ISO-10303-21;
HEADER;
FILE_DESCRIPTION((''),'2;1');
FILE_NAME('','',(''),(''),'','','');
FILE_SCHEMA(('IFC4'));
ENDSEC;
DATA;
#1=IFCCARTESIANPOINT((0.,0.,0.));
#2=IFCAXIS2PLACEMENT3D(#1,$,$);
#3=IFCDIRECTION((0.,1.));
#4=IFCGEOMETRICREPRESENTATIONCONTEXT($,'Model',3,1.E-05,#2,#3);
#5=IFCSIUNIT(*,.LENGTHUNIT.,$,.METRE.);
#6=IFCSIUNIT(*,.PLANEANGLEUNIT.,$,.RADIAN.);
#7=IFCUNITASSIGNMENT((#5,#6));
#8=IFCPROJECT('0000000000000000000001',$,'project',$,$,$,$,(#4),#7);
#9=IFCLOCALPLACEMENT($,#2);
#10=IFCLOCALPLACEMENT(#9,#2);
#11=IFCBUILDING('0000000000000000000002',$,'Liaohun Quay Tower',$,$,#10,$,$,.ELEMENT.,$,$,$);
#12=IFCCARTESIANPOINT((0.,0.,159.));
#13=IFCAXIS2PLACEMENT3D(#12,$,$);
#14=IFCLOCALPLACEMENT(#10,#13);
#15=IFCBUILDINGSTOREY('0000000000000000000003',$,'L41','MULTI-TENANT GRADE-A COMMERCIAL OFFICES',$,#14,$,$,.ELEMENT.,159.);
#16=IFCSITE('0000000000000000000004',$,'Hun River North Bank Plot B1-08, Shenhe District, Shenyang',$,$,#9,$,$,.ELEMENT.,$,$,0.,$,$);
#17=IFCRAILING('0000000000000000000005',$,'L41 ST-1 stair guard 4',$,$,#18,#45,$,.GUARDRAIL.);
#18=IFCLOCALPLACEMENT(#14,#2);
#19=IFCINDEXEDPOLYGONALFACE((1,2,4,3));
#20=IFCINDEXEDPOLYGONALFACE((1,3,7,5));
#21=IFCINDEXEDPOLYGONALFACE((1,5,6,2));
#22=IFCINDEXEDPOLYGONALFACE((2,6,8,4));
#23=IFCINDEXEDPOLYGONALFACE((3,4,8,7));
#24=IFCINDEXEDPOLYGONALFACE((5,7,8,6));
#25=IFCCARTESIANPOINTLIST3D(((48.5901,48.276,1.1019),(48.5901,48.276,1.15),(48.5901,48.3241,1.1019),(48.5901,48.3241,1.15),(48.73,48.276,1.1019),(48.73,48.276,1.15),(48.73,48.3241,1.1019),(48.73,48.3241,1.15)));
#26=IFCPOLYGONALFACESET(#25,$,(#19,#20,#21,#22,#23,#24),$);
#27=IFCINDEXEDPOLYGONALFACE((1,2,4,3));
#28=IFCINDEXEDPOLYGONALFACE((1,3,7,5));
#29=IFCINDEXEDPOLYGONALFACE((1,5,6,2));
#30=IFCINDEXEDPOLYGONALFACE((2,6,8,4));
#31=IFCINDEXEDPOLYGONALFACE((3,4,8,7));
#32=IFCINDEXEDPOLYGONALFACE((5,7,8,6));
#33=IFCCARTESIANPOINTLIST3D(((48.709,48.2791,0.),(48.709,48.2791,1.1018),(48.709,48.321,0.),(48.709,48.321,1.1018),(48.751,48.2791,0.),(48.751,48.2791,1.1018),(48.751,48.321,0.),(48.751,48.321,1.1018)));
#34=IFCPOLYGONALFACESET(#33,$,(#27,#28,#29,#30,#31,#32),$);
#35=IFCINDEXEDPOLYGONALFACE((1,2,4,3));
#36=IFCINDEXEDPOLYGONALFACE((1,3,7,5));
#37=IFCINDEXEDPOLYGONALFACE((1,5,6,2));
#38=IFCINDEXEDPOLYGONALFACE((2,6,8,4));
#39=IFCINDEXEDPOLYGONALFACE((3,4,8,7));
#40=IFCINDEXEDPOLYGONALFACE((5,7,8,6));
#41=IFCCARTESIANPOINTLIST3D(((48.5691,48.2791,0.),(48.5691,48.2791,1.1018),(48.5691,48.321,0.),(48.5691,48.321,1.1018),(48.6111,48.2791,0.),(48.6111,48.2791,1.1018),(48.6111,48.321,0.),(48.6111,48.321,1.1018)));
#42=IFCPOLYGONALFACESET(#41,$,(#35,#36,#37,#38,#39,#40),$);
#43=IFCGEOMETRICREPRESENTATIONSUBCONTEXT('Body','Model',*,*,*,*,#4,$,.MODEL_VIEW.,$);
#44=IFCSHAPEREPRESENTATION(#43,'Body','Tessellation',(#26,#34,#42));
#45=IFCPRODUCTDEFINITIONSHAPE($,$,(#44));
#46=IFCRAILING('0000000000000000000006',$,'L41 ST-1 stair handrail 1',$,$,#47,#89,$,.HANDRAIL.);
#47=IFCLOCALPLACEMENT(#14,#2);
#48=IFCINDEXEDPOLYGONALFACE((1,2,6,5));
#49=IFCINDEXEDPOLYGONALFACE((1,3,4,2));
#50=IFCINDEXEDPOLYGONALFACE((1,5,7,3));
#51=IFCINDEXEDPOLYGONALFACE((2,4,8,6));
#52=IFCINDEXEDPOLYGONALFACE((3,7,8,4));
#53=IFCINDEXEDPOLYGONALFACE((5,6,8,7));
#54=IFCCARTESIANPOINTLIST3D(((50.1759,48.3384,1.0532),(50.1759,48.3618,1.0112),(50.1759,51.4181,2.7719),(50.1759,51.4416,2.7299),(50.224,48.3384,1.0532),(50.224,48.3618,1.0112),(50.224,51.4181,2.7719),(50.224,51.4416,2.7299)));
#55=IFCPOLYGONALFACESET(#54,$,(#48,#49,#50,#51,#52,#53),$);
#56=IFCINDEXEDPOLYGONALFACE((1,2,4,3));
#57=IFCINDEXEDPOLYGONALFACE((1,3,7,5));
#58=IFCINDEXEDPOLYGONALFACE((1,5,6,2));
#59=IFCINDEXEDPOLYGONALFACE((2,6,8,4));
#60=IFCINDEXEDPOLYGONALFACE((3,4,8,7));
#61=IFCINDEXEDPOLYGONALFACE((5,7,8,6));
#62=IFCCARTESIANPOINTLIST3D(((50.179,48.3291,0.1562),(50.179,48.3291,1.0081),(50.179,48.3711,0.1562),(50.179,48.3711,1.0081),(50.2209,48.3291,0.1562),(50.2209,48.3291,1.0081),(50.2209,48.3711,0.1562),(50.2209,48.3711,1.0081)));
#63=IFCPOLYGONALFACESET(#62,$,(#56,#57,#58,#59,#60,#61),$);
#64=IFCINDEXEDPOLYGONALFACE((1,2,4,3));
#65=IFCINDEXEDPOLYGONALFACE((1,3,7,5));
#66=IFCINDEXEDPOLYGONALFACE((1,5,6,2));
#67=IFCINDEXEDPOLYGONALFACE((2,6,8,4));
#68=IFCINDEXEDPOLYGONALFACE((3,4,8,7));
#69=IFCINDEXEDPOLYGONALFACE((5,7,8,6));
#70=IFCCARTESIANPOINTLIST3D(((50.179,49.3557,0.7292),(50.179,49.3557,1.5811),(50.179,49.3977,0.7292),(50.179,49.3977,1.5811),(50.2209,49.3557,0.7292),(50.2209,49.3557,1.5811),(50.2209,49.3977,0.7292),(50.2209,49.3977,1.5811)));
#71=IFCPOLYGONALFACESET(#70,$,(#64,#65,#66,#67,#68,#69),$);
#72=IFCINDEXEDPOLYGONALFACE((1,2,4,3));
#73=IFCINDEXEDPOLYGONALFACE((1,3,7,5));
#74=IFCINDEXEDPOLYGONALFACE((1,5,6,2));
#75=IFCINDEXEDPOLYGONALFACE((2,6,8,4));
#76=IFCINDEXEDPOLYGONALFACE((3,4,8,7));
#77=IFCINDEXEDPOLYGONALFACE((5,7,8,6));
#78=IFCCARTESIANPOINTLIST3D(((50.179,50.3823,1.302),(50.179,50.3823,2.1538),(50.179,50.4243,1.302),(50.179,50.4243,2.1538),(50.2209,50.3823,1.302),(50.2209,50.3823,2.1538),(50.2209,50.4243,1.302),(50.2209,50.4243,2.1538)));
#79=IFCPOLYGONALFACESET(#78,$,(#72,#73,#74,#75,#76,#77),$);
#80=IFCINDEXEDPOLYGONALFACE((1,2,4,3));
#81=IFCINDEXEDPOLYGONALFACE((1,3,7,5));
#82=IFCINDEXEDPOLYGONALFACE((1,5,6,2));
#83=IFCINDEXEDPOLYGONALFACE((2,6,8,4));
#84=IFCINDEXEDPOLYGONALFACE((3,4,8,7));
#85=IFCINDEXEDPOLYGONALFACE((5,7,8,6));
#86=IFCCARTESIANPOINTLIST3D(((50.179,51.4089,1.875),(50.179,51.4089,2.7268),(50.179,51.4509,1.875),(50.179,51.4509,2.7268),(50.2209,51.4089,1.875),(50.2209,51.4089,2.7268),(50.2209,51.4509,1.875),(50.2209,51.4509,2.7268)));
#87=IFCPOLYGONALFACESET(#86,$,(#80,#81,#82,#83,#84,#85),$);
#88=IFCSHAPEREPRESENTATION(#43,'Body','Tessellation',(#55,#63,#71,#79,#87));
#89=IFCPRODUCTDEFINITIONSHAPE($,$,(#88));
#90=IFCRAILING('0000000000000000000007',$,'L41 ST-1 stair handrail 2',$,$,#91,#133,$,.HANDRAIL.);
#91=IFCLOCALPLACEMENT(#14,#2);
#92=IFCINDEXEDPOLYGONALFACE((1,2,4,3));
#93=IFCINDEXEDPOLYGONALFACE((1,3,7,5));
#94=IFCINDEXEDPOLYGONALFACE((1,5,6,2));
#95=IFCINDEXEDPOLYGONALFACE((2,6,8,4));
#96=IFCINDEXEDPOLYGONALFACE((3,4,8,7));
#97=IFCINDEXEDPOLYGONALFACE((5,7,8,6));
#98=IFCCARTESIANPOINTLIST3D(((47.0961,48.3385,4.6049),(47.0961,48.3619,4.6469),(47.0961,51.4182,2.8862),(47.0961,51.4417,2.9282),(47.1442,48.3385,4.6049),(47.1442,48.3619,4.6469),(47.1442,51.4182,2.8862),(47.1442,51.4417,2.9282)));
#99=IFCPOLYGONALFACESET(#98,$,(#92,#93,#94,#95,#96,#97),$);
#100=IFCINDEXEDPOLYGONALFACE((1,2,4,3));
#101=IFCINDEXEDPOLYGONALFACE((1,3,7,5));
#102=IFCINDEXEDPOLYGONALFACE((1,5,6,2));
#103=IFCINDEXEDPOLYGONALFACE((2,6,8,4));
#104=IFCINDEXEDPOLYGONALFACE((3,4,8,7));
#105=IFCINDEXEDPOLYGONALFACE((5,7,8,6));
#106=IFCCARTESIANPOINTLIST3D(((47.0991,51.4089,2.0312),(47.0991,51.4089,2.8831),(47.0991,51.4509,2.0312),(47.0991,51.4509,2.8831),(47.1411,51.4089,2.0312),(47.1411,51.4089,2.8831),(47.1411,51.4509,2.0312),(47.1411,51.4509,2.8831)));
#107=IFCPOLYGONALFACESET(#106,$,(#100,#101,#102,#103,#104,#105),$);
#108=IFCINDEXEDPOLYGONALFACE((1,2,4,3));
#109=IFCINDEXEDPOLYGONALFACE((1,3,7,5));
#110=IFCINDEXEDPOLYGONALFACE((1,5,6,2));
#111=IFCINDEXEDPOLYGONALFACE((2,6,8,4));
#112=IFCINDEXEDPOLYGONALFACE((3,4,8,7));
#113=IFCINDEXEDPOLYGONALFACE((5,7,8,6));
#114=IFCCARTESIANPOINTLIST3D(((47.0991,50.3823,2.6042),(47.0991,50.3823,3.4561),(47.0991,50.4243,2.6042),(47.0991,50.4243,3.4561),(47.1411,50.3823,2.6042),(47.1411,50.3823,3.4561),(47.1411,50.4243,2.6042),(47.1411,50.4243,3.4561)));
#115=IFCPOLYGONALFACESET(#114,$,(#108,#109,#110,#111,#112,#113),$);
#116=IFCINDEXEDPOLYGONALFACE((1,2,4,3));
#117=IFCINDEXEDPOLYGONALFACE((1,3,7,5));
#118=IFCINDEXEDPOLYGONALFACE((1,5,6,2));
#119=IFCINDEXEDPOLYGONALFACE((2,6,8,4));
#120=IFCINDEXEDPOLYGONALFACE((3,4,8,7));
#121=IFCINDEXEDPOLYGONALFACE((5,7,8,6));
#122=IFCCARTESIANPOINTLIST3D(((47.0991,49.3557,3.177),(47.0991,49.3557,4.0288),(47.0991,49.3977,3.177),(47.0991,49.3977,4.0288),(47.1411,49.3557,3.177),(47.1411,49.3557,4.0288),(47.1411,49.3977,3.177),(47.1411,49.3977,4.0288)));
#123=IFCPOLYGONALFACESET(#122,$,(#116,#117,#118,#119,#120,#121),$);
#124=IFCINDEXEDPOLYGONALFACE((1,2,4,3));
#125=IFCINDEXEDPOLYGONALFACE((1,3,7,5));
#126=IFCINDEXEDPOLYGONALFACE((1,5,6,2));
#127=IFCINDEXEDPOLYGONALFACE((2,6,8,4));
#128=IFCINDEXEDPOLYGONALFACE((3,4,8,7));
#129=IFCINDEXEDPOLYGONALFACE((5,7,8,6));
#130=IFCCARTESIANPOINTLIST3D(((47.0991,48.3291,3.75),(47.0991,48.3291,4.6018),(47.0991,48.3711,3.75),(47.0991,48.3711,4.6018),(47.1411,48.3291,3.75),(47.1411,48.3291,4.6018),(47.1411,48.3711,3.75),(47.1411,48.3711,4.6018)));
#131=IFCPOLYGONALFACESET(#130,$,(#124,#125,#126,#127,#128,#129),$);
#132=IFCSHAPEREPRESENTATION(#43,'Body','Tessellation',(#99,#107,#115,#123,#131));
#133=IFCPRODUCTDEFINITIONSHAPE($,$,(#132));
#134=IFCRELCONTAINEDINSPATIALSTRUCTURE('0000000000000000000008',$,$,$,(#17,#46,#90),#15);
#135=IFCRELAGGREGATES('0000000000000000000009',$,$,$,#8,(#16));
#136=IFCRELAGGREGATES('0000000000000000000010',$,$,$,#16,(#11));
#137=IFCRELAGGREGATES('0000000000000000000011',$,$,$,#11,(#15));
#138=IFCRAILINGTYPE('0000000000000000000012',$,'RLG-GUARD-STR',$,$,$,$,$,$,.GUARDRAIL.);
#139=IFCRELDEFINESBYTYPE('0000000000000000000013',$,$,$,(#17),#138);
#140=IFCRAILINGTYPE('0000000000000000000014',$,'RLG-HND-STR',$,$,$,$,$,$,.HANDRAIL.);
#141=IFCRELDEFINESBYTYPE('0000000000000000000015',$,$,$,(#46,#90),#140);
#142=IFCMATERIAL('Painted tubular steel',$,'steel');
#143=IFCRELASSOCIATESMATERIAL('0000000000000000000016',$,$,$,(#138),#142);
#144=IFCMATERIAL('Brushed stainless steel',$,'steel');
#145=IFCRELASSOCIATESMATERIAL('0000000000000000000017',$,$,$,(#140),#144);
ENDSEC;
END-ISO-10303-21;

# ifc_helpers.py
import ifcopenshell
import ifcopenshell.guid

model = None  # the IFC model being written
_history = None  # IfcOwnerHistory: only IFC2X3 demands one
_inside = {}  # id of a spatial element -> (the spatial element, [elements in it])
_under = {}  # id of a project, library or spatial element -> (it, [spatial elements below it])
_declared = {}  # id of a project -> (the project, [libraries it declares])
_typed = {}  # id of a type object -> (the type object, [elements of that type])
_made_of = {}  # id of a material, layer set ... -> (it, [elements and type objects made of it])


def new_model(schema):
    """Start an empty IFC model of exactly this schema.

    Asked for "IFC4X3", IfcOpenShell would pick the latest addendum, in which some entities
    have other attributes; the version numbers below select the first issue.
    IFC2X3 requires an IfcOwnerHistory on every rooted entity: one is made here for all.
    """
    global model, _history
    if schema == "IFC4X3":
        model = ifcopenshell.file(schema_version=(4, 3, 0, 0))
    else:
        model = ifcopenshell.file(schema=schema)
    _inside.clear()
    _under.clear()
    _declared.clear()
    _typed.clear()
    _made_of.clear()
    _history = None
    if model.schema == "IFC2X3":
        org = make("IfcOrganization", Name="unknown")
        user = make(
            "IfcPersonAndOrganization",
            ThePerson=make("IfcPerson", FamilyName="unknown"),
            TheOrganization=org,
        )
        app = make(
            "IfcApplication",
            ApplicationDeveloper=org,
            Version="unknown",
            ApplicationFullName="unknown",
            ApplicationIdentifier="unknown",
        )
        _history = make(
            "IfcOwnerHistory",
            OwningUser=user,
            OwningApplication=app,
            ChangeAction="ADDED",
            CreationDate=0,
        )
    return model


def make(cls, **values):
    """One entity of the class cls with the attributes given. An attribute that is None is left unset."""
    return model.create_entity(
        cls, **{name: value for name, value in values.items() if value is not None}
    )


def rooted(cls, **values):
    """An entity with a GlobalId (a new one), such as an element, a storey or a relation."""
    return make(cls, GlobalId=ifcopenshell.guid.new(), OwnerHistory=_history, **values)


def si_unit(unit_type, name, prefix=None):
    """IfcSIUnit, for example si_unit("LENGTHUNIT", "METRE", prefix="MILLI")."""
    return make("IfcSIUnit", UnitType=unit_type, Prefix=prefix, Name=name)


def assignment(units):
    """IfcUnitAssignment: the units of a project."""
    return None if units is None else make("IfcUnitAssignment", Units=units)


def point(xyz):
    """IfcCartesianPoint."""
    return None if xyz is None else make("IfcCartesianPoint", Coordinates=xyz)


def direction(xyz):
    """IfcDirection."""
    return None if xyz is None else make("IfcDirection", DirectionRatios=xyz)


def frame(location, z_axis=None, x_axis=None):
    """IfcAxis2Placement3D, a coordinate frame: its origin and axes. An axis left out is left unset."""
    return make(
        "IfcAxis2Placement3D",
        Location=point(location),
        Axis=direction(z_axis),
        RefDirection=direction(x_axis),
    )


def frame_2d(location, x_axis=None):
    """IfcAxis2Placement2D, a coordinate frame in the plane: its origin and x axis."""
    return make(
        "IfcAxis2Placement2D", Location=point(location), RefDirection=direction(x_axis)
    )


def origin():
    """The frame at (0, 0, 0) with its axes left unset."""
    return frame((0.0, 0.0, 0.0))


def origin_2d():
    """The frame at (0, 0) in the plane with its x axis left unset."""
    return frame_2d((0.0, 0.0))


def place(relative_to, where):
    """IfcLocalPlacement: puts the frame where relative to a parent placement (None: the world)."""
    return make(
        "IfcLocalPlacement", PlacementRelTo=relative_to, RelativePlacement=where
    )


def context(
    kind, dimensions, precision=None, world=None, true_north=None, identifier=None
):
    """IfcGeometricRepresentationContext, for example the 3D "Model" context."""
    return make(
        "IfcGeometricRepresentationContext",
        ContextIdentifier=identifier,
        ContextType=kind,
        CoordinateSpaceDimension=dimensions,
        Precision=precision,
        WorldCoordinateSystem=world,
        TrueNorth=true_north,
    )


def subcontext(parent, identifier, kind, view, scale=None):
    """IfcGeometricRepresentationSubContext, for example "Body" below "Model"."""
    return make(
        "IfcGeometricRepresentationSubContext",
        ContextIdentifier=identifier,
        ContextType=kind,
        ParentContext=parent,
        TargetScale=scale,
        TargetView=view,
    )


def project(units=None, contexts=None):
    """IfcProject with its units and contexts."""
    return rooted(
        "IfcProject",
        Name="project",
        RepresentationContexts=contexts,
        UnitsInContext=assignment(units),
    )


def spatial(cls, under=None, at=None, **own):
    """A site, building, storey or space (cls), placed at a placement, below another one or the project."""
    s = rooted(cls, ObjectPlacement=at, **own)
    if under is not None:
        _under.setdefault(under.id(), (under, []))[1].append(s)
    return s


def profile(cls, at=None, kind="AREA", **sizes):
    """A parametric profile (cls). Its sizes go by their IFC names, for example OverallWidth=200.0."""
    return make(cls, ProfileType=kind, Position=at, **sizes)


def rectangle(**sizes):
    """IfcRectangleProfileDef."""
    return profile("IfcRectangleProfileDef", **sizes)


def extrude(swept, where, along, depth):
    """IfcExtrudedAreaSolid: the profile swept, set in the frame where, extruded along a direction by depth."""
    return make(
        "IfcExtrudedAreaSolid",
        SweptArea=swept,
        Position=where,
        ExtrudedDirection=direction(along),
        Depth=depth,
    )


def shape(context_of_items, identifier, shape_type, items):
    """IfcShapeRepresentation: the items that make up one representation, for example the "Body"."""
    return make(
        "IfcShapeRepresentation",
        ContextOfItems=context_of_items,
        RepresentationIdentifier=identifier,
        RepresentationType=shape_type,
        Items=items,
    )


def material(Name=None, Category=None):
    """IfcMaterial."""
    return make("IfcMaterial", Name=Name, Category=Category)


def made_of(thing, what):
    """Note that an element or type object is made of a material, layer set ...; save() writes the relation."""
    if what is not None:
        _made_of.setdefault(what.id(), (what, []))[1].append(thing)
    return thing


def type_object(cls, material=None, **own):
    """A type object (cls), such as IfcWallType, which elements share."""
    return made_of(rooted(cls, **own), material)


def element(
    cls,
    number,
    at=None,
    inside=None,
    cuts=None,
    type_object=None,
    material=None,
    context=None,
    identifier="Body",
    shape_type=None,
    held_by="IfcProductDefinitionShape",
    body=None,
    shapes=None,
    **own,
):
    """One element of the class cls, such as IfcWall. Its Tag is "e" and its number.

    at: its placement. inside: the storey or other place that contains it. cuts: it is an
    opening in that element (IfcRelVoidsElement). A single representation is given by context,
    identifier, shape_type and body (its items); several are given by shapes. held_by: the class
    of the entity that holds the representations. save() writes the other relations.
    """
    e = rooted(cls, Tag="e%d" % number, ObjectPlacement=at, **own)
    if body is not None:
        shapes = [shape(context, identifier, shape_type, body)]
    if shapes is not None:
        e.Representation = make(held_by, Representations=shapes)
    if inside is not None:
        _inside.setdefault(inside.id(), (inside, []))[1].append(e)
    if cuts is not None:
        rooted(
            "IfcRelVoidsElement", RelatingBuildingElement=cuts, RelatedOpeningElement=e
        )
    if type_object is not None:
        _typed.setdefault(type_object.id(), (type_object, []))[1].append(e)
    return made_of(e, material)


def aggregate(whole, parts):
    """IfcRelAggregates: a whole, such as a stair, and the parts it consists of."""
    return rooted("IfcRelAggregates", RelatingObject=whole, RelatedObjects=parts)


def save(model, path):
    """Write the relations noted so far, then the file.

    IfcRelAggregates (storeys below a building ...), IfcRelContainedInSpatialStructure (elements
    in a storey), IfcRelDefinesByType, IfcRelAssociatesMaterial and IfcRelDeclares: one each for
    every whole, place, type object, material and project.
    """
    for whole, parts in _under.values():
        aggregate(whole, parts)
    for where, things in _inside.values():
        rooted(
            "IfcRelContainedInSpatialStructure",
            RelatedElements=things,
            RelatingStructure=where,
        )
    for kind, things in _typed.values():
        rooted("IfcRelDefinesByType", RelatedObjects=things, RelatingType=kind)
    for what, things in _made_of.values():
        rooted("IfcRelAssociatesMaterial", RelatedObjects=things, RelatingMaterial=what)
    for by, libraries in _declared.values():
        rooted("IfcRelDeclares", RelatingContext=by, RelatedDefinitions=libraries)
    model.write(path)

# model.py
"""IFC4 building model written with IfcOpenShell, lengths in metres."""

from ifc_helpers import new_model, si_unit, direction, frame, origin, origin_2d, place, context, subcontext, project, spatial, rectangle, extrude, material, type_object, element, save


model = new_model("IFC4")

# Units and contexts
model_context = context("Model", 3, precision=1e-05, world=origin(), true_north=direction((0.0, 1.0)))
body_context = subcontext(model_context, "Body", "Model", "MODEL_VIEW")
ifc_project = project(units=[si_unit("LENGTHUNIT", "METRE"), si_unit("PLANEANGLEUNIT", "RADIAN")], contexts=[model_context])

# Site, building, storey
site_placement = place(None, origin())
site = spatial("IfcSite", under=ifc_project, at=site_placement, Name="Hun River North Bank Plot B1-08, Shenhe District, Shenyang", CompositionType="ELEMENT", RefElevation=0.0)
building_placement = place(site_placement, origin())
building = spatial("IfcBuilding", under=site, at=building_placement, Name="Liaohun Quay Tower", CompositionType="ELEMENT")
storey_placement = place(building_placement, frame((0.0, 0.0, 159.0)))
storey = spatial("IfcBuildingStorey", under=building, at=storey_placement, Name="L41", Description="MULTI-TENANT GRADE-A COMMERCIAL OFFICES", CompositionType="ELEMENT", Elevation=159.0)

# Railings
ifc_material_1 = material(Name="Painted tubular steel", Category="steel")
railing_type_1 = type_object("IfcRailingType", Name="RLG-GUARD-STR", PredefinedType="GUARDRAIL", material=ifc_material_1)
railing_1_placement = place(storey_placement, frame((48.73, 48.3, 0.0)))
element("IfcRailing", 1, at=railing_1_placement, inside=storey, type_object=railing_type_1, Name="L41 ST-1 stair guard 4", PredefinedType="GUARDRAIL", context=body_context, shape_type="SweptSolid", body=[
    extrude(rectangle(XDim=0.0481, YDim=0.0481, at=origin_2d()), frame((0.0, 0.0, 1.126), z_axis=(-1.0, 0.0, 0.0), x_axis=(0.0, -1.0, 0.0)), (0.0, 0.0, 1.0), 0.1399),
    extrude(rectangle(XDim=0.042, YDim=0.042, at=origin_2d()), origin(), (0.0, 0.0, 1.0), 1.1018),
    extrude(rectangle(XDim=0.042, YDim=0.042, at=origin_2d()), frame((-0.1399, 0.0, 0.0)), (0.0, 0.0, 1.0), 1.1018),
])
ifc_material_2 = material(Name="Brushed stainless steel", Category="steel")
railing_type_2 = type_object("IfcRailingType", Name="RLG-HND-STR", PredefinedType="HANDRAIL", material=ifc_material_2)
railing_2_placement = place(storey_placement, frame((50.2, 48.3501, 0.1562)))
element("IfcRailing", 2, at=railing_2_placement, inside=storey, type_object=railing_type_2, Name="L41 ST-1 stair handrail 1", PredefinedType="HANDRAIL", context=body_context, shape_type="SweptSolid", body=[
    extrude(rectangle(XDim=0.0481, YDim=0.0481, at=origin_2d()), frame((0.0, 0.0, 0.876), z_axis=(0.0, 0.873225, 0.487317), x_axis=(-1.0, 0.0, 0.0)), (0.0, 0.0, 1.0), 3.5269),
    extrude(rectangle(XDim=0.042, YDim=0.042, at=origin_2d()), origin(), (0.0, 0.0, 1.0), 0.8518),
    extrude(rectangle(XDim=0.042, YDim=0.042, at=origin_2d()), frame((0.0, 1.0266, 0.573)), (0.0, 0.0, 1.0), 0.8518),
    extrude(rectangle(XDim=0.042, YDim=0.042, at=origin_2d()), frame((0.0, 2.0532, 1.1458)), (0.0, 0.0, 1.0), 0.8518),
    extrude(rectangle(XDim=0.042, YDim=0.042, at=origin_2d()), frame((0.0, 3.0798, 1.7188)), (0.0, 0.0, 1.0), 0.8518),
])
railing_3_placement = place(storey_placement, frame((47.1201, 51.4299, 2.0312)))
element("IfcRailing", 3, at=railing_3_placement, inside=storey, type_object=railing_type_2, Name="L41 ST-1 stair handrail 2", PredefinedType="HANDRAIL", context=body_context, shape_type="SweptSolid", body=[
    extrude(rectangle(XDim=0.0481, YDim=0.0481, at=origin_2d()), frame((0.0, 0.0, 0.876), z_axis=(0.0, -0.873225, 0.487317), x_axis=(1.0, 0.0, 0.0)), (0.0, 0.0, 1.0), 3.5269),
    extrude(rectangle(XDim=0.042, YDim=0.042, at=origin_2d()), origin(), (0.0, 0.0, 1.0), 0.8518),
    extrude(rectangle(XDim=0.042, YDim=0.042, at=origin_2d()), frame((0.0, -1.0266, 0.573)), (0.0, 0.0, 1.0), 0.8518),
    extrude(rectangle(XDim=0.042, YDim=0.042, at=origin_2d()), frame((0.0, -2.0532, 1.1458)), (0.0, 0.0, 1.0), 0.8518),
    extrude(rectangle(XDim=0.042, YDim=0.042, at=origin_2d()), frame((0.0, -3.0798, 1.7188)), (0.0, 0.0, 1.0), 0.8518),
])

save(model, "model.ifc")
